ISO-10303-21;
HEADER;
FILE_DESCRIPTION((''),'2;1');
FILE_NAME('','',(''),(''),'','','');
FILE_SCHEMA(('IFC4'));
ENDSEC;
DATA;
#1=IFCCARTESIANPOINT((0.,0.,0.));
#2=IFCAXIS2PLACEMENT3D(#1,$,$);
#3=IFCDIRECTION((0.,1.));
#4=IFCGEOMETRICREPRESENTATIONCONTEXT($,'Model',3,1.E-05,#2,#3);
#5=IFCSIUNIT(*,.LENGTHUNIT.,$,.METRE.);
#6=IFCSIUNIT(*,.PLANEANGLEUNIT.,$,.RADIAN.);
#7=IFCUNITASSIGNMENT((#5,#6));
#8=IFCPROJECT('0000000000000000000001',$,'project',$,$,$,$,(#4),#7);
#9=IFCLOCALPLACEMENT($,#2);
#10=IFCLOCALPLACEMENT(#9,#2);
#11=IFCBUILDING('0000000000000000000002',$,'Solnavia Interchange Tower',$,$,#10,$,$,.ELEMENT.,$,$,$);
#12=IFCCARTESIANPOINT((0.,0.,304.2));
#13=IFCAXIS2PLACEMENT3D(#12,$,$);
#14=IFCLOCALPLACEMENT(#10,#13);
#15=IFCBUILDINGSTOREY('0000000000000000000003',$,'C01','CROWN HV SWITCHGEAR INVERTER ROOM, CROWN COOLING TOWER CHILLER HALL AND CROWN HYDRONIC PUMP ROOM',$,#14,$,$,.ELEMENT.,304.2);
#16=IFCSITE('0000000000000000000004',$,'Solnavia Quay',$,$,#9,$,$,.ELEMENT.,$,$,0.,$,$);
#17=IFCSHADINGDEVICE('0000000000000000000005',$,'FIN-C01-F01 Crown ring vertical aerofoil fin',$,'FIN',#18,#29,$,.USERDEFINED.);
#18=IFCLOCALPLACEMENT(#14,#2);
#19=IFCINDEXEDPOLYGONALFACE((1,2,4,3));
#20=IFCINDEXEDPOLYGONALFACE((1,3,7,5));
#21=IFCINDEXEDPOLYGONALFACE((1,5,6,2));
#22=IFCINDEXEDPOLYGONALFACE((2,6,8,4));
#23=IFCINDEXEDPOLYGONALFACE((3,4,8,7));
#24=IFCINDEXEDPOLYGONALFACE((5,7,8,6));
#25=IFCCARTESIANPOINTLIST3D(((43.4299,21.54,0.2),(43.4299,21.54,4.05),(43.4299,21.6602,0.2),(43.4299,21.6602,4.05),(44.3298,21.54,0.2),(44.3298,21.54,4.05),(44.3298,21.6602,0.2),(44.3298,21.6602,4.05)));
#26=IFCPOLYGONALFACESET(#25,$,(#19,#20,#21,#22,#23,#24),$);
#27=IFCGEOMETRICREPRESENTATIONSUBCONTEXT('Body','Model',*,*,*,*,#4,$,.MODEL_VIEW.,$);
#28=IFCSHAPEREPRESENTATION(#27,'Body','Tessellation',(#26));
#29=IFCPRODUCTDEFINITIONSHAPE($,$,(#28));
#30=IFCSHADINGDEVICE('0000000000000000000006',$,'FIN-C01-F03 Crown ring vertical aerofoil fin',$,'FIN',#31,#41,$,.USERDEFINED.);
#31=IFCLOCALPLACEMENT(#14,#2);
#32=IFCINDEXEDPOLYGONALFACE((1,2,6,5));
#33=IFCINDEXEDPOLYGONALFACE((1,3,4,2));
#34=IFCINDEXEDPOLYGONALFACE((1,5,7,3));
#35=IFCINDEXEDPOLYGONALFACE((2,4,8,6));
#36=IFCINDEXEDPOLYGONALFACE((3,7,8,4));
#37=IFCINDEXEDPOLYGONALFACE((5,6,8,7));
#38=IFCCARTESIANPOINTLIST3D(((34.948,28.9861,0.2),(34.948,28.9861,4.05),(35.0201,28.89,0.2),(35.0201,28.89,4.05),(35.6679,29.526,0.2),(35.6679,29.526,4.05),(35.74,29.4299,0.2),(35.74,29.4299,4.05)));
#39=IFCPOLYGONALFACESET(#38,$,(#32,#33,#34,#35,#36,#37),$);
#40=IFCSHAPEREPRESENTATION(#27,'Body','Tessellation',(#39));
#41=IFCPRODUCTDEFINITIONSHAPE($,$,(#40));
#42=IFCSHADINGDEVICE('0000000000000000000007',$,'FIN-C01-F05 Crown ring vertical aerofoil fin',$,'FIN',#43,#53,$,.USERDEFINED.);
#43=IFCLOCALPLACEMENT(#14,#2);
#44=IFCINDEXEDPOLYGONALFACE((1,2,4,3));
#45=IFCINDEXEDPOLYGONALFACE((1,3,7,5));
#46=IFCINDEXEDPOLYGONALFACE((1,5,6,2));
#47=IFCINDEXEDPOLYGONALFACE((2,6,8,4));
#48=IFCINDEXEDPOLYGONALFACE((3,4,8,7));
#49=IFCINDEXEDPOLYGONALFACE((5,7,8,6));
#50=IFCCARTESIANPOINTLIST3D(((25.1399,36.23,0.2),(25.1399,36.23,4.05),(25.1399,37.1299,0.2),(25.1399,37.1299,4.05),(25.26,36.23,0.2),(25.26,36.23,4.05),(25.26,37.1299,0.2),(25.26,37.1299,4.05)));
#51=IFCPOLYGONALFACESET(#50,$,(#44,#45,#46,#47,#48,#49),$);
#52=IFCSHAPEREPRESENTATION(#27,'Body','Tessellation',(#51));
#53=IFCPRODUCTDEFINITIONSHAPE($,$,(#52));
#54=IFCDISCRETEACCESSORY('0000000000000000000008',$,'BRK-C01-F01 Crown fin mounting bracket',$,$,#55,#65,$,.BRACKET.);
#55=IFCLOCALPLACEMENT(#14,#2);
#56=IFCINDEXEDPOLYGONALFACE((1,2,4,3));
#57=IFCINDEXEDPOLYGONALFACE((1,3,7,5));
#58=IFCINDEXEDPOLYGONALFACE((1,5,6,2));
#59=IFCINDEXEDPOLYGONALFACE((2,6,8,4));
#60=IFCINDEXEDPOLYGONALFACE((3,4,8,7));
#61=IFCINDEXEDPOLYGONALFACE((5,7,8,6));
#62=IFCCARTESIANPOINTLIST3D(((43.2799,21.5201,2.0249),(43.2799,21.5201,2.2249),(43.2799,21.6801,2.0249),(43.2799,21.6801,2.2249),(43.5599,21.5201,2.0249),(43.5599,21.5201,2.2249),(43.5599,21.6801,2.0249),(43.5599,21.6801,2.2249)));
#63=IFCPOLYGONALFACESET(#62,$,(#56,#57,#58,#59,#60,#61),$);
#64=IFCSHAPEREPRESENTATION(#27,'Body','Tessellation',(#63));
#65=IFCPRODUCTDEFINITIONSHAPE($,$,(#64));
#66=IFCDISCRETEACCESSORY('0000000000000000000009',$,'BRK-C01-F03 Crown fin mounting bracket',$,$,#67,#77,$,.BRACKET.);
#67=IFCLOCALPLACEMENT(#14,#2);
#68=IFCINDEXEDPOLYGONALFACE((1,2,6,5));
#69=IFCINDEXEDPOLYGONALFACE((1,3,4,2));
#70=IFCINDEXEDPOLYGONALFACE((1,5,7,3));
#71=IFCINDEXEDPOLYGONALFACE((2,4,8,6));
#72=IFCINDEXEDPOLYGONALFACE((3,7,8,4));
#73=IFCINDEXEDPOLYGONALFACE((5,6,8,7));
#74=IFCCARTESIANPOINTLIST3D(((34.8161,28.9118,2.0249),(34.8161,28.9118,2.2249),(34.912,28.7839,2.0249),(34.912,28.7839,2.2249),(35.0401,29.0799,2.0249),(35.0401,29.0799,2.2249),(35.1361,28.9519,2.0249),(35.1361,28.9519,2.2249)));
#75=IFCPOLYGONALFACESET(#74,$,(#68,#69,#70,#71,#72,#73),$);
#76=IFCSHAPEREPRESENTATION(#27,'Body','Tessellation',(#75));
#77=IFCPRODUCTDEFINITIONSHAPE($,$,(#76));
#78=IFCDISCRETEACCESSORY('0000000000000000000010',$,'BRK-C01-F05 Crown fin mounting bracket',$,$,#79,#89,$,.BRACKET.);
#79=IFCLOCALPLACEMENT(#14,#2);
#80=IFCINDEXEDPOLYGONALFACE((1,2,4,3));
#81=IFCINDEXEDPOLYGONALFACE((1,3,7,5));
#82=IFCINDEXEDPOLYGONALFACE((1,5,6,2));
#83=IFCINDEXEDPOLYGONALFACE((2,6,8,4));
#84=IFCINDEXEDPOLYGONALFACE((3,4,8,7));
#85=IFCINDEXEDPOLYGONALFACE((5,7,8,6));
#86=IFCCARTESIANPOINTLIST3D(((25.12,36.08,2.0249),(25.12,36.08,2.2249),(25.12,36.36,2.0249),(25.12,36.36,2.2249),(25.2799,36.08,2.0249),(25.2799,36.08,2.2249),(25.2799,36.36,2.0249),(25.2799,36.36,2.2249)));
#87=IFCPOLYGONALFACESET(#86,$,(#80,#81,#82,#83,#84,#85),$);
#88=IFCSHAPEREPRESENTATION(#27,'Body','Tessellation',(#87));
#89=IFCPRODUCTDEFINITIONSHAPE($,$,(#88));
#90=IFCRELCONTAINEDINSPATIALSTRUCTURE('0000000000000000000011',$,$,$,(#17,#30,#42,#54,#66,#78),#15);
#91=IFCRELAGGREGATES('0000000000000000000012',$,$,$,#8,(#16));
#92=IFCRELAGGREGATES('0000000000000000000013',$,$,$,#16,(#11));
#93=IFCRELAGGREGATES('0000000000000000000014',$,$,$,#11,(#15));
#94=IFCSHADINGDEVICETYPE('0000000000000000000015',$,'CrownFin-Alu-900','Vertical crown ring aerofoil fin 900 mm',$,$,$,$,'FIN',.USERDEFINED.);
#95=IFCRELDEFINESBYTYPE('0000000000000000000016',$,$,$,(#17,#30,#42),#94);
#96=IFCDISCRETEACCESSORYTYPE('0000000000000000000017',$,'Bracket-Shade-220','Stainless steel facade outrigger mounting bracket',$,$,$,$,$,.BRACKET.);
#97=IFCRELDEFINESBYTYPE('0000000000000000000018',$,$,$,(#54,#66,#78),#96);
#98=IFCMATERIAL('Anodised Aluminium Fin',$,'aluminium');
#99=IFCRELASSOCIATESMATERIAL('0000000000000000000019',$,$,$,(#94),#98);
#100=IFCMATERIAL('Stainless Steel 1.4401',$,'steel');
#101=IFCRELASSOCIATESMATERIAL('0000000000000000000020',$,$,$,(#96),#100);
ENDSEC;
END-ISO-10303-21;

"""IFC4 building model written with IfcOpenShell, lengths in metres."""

from ifc_helpers import new_model, si_unit, direction, frame, origin, origin_2d, place, context, subcontext, project, spatial, rectangle, extrude, material, type_object, element, save


model = new_model("IFC4")

# Units and contexts
model_context = context("Model", 3, precision=1e-05, world=origin(), true_north=direction((0.0, 1.0)))
body_context = subcontext(model_context, "Body", "Model", "MODEL_VIEW")
ifc_project = project(units=[si_unit("LENGTHUNIT", "METRE"), si_unit("PLANEANGLEUNIT", "RADIAN")], contexts=[model_context])

# Site, building, storey
site_placement = place(None, origin())
site = spatial("IfcSite", under=ifc_project, at=site_placement, Name="Solnavia Quay", CompositionType="ELEMENT", RefElevation=0.0)
building_placement = place(site_placement, origin())
building = spatial("IfcBuilding", under=site, at=building_placement, Name="Solnavia Interchange Tower", CompositionType="ELEMENT")
storey_placement = place(building_placement, frame((0.0, 0.0, 304.2)))
storey = spatial("IfcBuildingStorey", under=building, at=storey_placement, Name="C01", Description="CROWN HV SWITCHGEAR INVERTER ROOM, CROWN COOLING TOWER CHILLER HALL AND CROWN HYDRONIC PUMP ROOM", CompositionType="ELEMENT", Elevation=304.2)

# Shading devices
ifc_material_1 = material(Name="Anodised Aluminium Fin", Category="aluminium")
shading_device_type = type_object("IfcShadingDeviceType", Name="CrownFin-Alu-900", Description="Vertical crown ring aerofoil fin 900 mm", ElementType="FIN", PredefinedType="USERDEFINED", material=ifc_material_1)
for number, where, z_axis, x_axis, name in (
    (1, (43.8799, 21.6001, 0.2), (0.0, 0.0, 1.0), (1.0, 0.0, 0.0), "FIN-C01-F01 Crown ring vertical aerofoil fin"),
    (2, (35.344, 29.208, 0.2), (0.0, 0.0, 1.0), (0.799999, 0.600001, 0.0), "FIN-C01-F03 Crown ring vertical aerofoil fin"),
    (3, (25.2, 36.6799, 0.2), (0.0, 0.0, 1.0), (0.0, 1.0, 0.0), "FIN-C01-F05 Crown ring vertical aerofoil fin"),
):
    element("IfcShadingDevice", number, at=place(storey_placement, frame(where, z_axis=z_axis, x_axis=x_axis)), inside=storey, type_object=shading_device_type, Name=name, ObjectType="FIN", PredefinedType="USERDEFINED", context=body_context, shape_type="SweptSolid", body=[
        extrude(rectangle(XDim=0.8999, YDim=0.1201, at=origin_2d()), origin(), (0.0, 0.0, 1.0), 3.8501),
    ])

# Discrete accessories
ifc_material_2 = material(Name="Stainless Steel 1.4401", Category="steel")
discrete_accessory_type = type_object("IfcDiscreteAccessoryType", Name="Bracket-Shade-220", Description="Stainless steel facade outrigger mounting bracket", PredefinedType="BRACKET", material=ifc_material_2)
for number, where, z_axis, x_axis, name in (
    (4, (43.4199, 21.6001, 2.0249), (0.0, 0.0, 1.0), (1.0, 0.0, 0.0), "BRK-C01-F01 Crown fin mounting bracket"),
    (5, (34.9761, 28.9319, 2.0249), (0.0, 0.0, 1.0), (0.799999, 0.600001, 0.0), "BRK-C01-F03 Crown fin mounting bracket"),
    (6, (25.2, 36.22, 2.0249), (0.0, 0.0, 1.0), (0.0, 1.0, 0.0), "BRK-C01-F05 Crown fin mounting bracket"),
):
    element("IfcDiscreteAccessory", number, at=place(storey_placement, frame(where, z_axis=z_axis, x_axis=x_axis)), inside=storey, type_object=discrete_accessory_type, Name=name, PredefinedType="BRACKET", context=body_context, shape_type="SweptSolid", body=[
        extrude(rectangle(XDim=0.28, YDim=0.1599, at=origin_2d()), origin(), (0.0, 0.0, 1.0), 0.2),
    ])

save(model, "model.ifc")
